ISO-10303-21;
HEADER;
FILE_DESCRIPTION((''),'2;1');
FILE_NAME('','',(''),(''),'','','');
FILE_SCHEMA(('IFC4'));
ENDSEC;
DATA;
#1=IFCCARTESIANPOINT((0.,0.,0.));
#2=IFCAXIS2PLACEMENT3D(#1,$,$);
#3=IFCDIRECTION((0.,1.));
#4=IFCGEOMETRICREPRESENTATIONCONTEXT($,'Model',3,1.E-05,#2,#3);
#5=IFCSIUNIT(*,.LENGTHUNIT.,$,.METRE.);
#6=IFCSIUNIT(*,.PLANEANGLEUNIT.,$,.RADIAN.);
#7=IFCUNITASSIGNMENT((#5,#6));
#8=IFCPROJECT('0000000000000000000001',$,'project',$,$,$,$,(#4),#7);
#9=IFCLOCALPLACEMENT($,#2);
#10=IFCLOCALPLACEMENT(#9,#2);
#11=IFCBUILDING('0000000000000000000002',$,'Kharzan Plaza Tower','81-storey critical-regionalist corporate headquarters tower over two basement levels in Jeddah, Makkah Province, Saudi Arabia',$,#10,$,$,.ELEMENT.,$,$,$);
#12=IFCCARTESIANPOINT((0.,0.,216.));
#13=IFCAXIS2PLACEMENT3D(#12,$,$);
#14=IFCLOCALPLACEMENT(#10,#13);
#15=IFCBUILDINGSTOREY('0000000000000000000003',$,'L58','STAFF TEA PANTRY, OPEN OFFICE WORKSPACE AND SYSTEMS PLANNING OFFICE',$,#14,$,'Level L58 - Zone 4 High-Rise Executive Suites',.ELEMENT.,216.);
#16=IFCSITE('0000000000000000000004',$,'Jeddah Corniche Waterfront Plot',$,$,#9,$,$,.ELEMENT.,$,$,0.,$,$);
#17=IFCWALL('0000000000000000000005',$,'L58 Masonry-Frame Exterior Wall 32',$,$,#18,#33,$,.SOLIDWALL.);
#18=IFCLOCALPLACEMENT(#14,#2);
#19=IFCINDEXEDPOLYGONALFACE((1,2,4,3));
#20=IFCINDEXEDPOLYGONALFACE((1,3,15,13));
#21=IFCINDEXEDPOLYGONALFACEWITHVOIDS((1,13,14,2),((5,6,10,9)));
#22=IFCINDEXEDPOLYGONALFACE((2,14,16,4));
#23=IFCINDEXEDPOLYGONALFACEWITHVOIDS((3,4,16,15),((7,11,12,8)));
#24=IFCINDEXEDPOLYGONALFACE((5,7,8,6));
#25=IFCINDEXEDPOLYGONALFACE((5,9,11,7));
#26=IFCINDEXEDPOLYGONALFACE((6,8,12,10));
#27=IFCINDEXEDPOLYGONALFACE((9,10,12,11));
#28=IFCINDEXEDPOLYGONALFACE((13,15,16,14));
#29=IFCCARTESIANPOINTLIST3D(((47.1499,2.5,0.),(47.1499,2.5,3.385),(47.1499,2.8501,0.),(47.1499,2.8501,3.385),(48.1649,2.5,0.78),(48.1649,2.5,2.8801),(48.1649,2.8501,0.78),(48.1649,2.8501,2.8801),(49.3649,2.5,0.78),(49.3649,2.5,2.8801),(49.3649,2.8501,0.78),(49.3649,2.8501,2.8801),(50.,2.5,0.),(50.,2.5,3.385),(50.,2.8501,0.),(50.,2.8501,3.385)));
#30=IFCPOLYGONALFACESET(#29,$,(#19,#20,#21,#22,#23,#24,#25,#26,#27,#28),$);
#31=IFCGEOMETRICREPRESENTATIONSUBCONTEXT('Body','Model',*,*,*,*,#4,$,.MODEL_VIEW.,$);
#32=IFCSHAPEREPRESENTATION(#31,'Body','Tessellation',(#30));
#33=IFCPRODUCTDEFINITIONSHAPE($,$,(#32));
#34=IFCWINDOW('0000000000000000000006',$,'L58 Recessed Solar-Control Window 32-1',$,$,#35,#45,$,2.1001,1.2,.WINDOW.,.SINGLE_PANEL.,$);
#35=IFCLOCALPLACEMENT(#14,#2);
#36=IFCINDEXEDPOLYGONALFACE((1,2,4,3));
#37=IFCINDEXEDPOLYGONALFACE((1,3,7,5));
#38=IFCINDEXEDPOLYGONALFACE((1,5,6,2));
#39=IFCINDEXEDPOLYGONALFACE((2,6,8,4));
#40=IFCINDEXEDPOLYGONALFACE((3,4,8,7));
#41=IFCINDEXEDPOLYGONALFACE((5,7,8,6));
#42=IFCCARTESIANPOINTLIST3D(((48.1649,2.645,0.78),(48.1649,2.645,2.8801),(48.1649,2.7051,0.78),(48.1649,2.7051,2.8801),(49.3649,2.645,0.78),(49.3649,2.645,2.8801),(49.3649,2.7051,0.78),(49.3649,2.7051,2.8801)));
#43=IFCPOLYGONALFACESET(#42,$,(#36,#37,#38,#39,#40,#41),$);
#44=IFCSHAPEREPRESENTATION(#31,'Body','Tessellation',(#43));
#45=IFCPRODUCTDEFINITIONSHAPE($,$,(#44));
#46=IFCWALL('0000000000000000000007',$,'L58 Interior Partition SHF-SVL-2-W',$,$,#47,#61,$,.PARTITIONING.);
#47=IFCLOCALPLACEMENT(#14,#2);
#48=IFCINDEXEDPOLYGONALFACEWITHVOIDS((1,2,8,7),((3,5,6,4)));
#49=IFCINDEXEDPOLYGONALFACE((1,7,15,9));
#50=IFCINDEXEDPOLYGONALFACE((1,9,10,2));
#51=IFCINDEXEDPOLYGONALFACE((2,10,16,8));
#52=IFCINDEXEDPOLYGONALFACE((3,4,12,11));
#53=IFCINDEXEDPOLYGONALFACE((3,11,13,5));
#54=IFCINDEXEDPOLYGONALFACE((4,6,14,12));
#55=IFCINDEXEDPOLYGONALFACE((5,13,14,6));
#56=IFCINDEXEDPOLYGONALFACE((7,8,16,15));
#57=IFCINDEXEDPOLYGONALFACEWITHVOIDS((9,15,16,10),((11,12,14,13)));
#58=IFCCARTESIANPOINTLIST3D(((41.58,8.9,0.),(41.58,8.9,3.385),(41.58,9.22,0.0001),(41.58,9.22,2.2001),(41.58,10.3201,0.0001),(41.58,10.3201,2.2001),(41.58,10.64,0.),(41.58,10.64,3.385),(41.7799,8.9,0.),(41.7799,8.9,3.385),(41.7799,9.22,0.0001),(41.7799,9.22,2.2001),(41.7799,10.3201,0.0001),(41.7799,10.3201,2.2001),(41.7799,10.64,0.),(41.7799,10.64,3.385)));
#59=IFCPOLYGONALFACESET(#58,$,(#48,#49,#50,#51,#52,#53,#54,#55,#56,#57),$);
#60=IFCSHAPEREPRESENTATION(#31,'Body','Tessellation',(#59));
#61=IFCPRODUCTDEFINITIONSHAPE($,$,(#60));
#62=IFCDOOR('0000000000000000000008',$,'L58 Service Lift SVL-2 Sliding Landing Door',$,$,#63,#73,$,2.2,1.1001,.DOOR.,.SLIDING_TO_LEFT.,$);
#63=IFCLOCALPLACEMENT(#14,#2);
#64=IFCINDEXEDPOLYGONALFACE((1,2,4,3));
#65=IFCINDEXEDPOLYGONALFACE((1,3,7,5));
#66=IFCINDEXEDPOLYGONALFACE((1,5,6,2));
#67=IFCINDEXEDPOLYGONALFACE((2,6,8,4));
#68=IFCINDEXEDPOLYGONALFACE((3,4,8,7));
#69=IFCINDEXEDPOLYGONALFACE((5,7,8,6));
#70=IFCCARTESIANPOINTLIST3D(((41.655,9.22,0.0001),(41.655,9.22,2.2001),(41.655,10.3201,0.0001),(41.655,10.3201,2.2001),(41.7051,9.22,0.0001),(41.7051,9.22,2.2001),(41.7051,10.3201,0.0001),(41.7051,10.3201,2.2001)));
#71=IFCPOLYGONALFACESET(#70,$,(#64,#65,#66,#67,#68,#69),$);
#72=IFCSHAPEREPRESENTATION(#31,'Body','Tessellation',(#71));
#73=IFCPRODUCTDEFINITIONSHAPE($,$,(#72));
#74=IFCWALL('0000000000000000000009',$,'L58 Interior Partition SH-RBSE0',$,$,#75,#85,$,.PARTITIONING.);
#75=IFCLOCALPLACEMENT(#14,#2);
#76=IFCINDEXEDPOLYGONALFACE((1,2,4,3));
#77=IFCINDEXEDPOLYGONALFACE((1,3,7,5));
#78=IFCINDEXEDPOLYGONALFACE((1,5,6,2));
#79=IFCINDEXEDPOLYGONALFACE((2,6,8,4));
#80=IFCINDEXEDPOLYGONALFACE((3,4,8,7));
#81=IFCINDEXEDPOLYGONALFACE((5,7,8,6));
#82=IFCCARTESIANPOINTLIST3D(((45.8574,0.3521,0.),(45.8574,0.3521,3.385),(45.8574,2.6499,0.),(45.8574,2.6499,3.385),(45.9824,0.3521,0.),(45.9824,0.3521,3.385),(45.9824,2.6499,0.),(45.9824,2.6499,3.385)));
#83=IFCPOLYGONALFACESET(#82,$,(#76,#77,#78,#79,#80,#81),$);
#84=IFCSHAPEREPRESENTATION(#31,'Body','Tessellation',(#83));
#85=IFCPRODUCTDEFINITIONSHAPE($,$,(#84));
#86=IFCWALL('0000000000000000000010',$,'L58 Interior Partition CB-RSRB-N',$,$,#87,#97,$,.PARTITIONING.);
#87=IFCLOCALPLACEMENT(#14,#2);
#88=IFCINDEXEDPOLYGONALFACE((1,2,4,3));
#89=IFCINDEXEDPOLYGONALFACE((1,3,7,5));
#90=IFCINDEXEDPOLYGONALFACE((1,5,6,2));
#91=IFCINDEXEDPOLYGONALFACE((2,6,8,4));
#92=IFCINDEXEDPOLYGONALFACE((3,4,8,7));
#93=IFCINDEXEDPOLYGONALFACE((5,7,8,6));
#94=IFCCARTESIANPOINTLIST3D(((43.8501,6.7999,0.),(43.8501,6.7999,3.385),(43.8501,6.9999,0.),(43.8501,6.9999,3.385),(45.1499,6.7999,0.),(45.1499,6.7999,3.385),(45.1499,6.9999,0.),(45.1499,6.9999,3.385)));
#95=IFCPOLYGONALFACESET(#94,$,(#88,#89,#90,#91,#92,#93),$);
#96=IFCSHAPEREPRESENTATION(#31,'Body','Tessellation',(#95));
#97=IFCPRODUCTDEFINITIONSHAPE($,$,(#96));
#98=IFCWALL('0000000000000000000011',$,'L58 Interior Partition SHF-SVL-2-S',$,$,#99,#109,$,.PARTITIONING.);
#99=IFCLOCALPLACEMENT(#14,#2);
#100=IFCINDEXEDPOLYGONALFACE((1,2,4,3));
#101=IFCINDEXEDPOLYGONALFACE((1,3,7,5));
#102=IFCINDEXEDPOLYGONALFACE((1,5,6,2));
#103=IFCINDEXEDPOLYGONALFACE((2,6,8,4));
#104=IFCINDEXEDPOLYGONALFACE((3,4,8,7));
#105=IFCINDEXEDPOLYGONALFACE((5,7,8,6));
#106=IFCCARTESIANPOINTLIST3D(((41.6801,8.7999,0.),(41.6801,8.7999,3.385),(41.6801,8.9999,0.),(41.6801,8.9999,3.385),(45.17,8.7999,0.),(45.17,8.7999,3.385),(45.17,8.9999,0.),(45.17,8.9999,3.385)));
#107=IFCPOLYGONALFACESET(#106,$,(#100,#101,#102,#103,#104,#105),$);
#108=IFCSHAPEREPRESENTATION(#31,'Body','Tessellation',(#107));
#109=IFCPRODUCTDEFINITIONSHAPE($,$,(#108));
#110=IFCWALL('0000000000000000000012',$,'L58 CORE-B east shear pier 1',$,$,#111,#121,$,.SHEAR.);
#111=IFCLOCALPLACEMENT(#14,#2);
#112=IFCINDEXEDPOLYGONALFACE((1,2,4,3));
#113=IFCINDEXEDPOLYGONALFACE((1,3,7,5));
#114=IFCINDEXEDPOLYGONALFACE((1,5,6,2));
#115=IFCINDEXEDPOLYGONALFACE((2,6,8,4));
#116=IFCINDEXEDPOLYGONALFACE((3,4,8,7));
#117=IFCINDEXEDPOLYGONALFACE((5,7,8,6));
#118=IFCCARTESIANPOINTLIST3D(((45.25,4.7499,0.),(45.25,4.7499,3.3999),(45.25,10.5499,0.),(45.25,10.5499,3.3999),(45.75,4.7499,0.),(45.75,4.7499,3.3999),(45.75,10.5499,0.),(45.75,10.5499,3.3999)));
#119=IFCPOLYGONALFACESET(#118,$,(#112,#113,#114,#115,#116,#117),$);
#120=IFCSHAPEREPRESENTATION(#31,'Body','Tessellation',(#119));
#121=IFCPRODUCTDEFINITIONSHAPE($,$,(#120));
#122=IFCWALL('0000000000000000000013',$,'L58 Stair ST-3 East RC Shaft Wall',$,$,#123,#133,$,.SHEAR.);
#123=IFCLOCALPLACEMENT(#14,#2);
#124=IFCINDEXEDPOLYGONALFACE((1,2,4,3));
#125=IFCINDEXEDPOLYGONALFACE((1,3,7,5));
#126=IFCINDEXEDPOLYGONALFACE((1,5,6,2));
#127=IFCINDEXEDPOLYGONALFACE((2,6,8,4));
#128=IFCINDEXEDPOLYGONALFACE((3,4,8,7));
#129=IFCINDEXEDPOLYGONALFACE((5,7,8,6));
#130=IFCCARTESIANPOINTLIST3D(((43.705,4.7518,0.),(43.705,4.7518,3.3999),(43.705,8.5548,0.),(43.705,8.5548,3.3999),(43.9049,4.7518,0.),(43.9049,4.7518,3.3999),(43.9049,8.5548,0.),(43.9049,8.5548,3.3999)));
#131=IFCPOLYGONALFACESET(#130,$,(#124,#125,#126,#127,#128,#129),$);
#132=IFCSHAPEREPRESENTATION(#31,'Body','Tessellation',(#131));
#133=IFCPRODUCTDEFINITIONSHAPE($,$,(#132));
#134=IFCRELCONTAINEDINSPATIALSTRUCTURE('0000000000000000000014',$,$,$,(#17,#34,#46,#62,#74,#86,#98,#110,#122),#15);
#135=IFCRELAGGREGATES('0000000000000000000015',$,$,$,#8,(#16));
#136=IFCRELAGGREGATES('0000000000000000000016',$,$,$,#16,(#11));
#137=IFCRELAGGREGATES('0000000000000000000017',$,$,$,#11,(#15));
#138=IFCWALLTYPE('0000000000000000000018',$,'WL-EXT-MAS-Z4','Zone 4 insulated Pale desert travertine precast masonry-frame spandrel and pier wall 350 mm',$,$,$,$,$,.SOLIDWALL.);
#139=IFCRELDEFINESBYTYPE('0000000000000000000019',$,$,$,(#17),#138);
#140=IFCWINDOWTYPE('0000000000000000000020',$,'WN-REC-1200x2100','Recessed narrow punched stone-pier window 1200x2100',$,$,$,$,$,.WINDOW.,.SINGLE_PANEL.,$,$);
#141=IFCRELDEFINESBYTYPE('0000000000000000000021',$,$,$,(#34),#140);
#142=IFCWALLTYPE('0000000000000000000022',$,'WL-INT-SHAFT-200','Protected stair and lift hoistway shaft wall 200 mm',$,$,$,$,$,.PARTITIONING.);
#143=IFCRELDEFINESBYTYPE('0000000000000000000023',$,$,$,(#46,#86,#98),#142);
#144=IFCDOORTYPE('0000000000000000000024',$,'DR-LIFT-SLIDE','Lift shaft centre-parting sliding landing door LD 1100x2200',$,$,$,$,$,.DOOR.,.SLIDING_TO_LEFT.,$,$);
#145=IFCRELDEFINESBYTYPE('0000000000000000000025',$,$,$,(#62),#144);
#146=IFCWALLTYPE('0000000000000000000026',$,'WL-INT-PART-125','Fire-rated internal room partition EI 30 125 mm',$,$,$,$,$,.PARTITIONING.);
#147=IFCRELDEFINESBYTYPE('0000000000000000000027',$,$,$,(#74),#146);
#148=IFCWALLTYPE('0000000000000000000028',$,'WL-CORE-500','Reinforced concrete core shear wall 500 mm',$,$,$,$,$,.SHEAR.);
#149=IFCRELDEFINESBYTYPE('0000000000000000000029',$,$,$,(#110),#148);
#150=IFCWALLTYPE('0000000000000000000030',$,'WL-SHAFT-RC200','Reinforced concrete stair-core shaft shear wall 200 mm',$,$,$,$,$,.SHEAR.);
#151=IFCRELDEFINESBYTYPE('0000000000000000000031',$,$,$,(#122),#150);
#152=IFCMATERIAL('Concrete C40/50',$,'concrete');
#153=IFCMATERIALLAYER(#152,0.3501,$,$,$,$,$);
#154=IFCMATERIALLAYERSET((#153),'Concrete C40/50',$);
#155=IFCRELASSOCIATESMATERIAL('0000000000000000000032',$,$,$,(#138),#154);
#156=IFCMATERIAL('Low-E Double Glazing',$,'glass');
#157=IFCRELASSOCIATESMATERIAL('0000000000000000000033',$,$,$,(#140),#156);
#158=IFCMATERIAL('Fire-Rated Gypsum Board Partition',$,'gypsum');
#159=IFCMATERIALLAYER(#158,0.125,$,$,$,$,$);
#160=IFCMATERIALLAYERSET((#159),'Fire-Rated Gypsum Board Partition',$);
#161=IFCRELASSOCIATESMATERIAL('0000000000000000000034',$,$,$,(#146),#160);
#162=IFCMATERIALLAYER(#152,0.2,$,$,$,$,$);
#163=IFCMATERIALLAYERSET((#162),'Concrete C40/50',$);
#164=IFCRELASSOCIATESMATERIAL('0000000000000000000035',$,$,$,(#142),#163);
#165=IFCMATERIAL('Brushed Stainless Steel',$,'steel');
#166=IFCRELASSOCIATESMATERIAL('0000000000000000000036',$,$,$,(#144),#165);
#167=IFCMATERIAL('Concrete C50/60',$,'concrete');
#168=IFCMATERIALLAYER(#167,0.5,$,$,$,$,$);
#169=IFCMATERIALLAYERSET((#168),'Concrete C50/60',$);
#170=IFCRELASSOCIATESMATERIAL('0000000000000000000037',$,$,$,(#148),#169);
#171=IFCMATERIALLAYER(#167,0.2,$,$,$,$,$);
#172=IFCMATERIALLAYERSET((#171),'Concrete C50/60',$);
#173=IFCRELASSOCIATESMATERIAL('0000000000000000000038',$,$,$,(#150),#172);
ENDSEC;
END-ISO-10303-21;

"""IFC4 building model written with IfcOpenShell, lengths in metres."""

from ifc_helpers import new_model, si_unit, direction, frame, frame_2d, origin, place, context, subcontext, project, spatial, rectangle, extrude, source, transform, mapped, material, layer, layer_set, type_object, element, fill, save


model = new_model("IFC4")

# Units and contexts
model_context = context("Model", 3, precision=1e-05, world=origin(), true_north=direction((0.0, 1.0)))
body_context = subcontext(model_context, "Body", "Model", "MODEL_VIEW")
ifc_project = project(units=[si_unit("LENGTHUNIT", "METRE"), si_unit("PLANEANGLEUNIT", "RADIAN")], contexts=[model_context])

# Site, building, storey
site_placement = place(None, origin())
site = spatial("IfcSite", under=ifc_project, at=site_placement, Name="Jeddah Corniche Waterfront Plot", CompositionType="ELEMENT", RefElevation=0.0)
building_placement = place(site_placement, origin())
building = spatial("IfcBuilding", under=site, at=building_placement, Name="Kharzan Plaza Tower", Description="81-storey critical-regionalist corporate headquarters tower over two basement levels in Jeddah, Makkah Province, Saudi Arabia", CompositionType="ELEMENT")
storey_placement = place(building_placement, frame((0.0, 0.0, 216.0)))
storey = spatial("IfcBuildingStorey", under=building, at=storey_placement, Name="L58", Description="STAFF TEA PANTRY, OPEN OFFICE WORKSPACE AND SYSTEMS PLANNING OFFICE", LongName="Level L58 - Zone 4 High-Rise Executive Suites", CompositionType="ELEMENT", Elevation=216.0)

# Shared definitions
ifc_material_1 = material(Name="Concrete C50/60", Category="concrete")

# Shared definitions
ifc_material_2 = material(Name="Concrete C40/50", Category="concrete")
ifc_layer_1 = layer(ifc_material_2, 0.3501)
ifc_layer_set_1 = layer_set([ifc_layer_1], Name="Concrete C40/50")
wall_type_1 = type_object("IfcWallType", Name="WL-EXT-MAS-Z4", Description="Zone 4 insulated Pale desert travertine precast masonry-frame spandrel and pier wall 350 mm", PredefinedType="SOLIDWALL", material=ifc_layer_set_1)
ifc_material_3 = material(Name="Low-E Double Glazing", Category="glass")

# Wall, opening, window
window_type_1 = type_object("IfcWindowType", Name="WN-REC-1200x2100", Description="Recessed narrow punched stone-pier window 1200x2100", PartitioningType="SINGLE_PANEL", PredefinedType="WINDOW", material=ifc_material_3)
shared_shape_1 = source(origin(), body_context, "Body", "SweptSolid", [
    extrude(rectangle(XDim=1.2, YDim=2.1001, at=frame_2d((0.6001, 1.05))), frame((0.0, 0.03, 0.0), z_axis=(0.0, -1.0, 0.0), x_axis=(1.0, 0.0, 0.0)), (0.0, 0.0, 1.0), 0.0601),
])
wall_1_placement = place(storey_placement, frame((47.1499, 2.675, 0.0), z_axis=(0.0, 0.0, 1.0), x_axis=(1.0, 0.0, 0.0)))
wall_1 = element("IfcWall", 1, at=wall_1_placement, inside=storey, type_object=wall_type_1, Name="L58 Masonry-Frame Exterior Wall 32", PredefinedType="SOLIDWALL", context=body_context, shape_type="SweptSolid", body=[
    extrude(rectangle(XDim=2.8501, YDim=0.3501, at=frame_2d((1.425, 0.0))), origin(), (0.0, 0.0, 1.0), 3.385),
])
opening_1_placement = place(wall_1_placement, frame((1.0149, 0.0, 0.78)))
opening_1 = element("IfcOpeningElement", 2, at=opening_1_placement, cuts=wall_1, PredefinedType="OPENING", context=body_context, shape_type="SweptSolid", body=[
    extrude(rectangle(XDim=1.2, YDim=2.1001, at=frame_2d((0.6001, 1.05))), frame((0.0, 0.1851, 0.0), z_axis=(0.0, -1.0, 0.0), x_axis=(1.0, 0.0, 0.0)), (0.0, 0.0, 1.0), 0.3701),
])
window_1_placement = place(opening_1_placement, origin())
window_1 = element("IfcWindow", 3, at=window_1_placement, inside=storey, type_object=window_type_1, Name="L58 Recessed Solar-Control Window 32-1", OverallHeight=2.1001, OverallWidth=1.2, PartitioningType="SINGLE_PANEL", PredefinedType="WINDOW", context=body_context, shape_type="MappedRepresentation", body=[
    mapped(shared_shape_1, transform((0.0, 0.0, 0.0), x_axis=(1.0, 0.0, 0.0), y_axis=(0.0, 1.0, 0.0), z_axis=(0.0, 0.0, 1.0))),
])
fill(opening_1, window_1)

# Wall, opening, door
ifc_material_4 = material(Name="Fire-Rated Gypsum Board Partition", Category="gypsum")
ifc_layer_2 = layer(ifc_material_4, 0.125)
ifc_layer_set_2 = layer_set([ifc_layer_2], Name="Fire-Rated Gypsum Board Partition")
wall_type_2 = type_object("IfcWallType", Name="WL-INT-PART-125", Description="Fire-rated internal room partition EI 30 125 mm", PredefinedType="PARTITIONING", material=ifc_layer_set_2)
ifc_layer_3 = layer(ifc_material_2, 0.2)
ifc_layer_set_3 = layer_set([ifc_layer_3], Name="Concrete C40/50")
wall_type_3 = type_object("IfcWallType", Name="WL-INT-SHAFT-200", Description="Protected stair and lift hoistway shaft wall 200 mm", PredefinedType="PARTITIONING", material=ifc_layer_set_3)
wall_2_placement = place(storey_placement, frame((41.6799, 8.8999, 0.0), z_axis=(0.0, 0.0, 1.0), x_axis=(0.0, 1.0, 0.0)))
wall_2 = element("IfcWall", 4, at=wall_2_placement, inside=storey, type_object=wall_type_3, Name="L58 Interior Partition SHF-SVL-2-W", PredefinedType="PARTITIONING", context=body_context, shape_type="SweptSolid", body=[
    extrude(rectangle(XDim=1.74, YDim=0.2, at=frame_2d((0.8701, 0.0))), origin(), (0.0, 0.0, 1.0), 3.385),
])
opening_2_placement = place(wall_2_placement, frame((0.3201, 0.0, 0.0)))
opening_2 = element("IfcOpeningElement", 5, at=opening_2_placement, cuts=wall_2, PredefinedType="OPENING", context=body_context, shape_type="SweptSolid", body=[
    extrude(rectangle(XDim=1.1001, YDim=2.2, at=frame_2d((0.55, 1.1001))), frame((0.0, 0.1099, 0.0), z_axis=(0.0, -1.0, 0.0), x_axis=(1.0, 0.0, 0.0)), (0.0, 0.0, 1.0), 0.22),
])
ifc_material_5 = material(Name="Brushed Stainless Steel", Category="steel")
door_type_1 = type_object("IfcDoorType", Name="DR-LIFT-SLIDE", Description="Lift shaft centre-parting sliding landing door LD 1100x2200", OperationType="SLIDING_TO_LEFT", PredefinedType="DOOR", material=ifc_material_5)
shared_shape_2 = source(origin(), body_context, "Body", "SweptSolid", [
    extrude(rectangle(XDim=1.1001, YDim=2.2, at=frame_2d((0.55, 1.1001))), frame((0.0, 0.0249, 0.0), z_axis=(0.0, -1.0, 0.0), x_axis=(1.0, 0.0, 0.0)), (0.0, 0.0, 1.0), 0.05),
])
door_1_placement = place(opening_2_placement, origin())
door_1 = element("IfcDoor", 6, at=door_1_placement, inside=storey, type_object=door_type_1, Name="L58 Service Lift SVL-2 Sliding Landing Door", OperationType="SLIDING_TO_LEFT", OverallHeight=2.2, OverallWidth=1.1001, PredefinedType="DOOR", context=body_context, shape_type="MappedRepresentation", body=[
    mapped(shared_shape_2, transform((0.0, 0.0, 0.0), x_axis=(1.0, 0.0, 0.0), y_axis=(0.0, 1.0, 0.0), z_axis=(0.0, 0.0, 1.0))),
])
fill(opening_2, door_1)

# Walls
shared_shape_3 = source(origin(), body_context, "Body", "SweptSolid", [
    extrude(rectangle(XDim=2.2979, YDim=0.125, at=frame_2d((1.1489, 0.0))), origin(), (0.0, 0.0, 1.0), 3.385),
])
wall_3_placement = place(storey_placement, frame((45.9199, 0.3521, 0.0), z_axis=(0.0, 0.0, 1.0), x_axis=(0.0, 1.0, 0.0)))
element("IfcWall", 7, at=wall_3_placement, inside=storey, type_object=wall_type_2, Name="L58 Interior Partition SH-RBSE0", PredefinedType="PARTITIONING", context=body_context, shape_type="MappedRepresentation", body=[
    mapped(shared_shape_3, transform((0.0, 0.0, 0.0), x_axis=(1.0, 0.0, 0.0), y_axis=(0.0, 1.0, 0.0), z_axis=(0.0, 0.0, 1.0))),
])
shared_shape_4 = source(origin(), body_context, "Body", "SweptSolid", [
    extrude(rectangle(XDim=1.2998, YDim=0.2, at=frame_2d((0.6499, 0.0))), origin(), (0.0, 0.0, 1.0), 3.385),
])
wall_4_placement = place(storey_placement, frame((43.8501, 6.8999, 0.0), z_axis=(0.0, 0.0, 1.0), x_axis=(1.0, 0.0, 0.0)))
element("IfcWall", 8, at=wall_4_placement, inside=storey, type_object=wall_type_3, Name="L58 Interior Partition CB-RSRB-N", PredefinedType="PARTITIONING", context=body_context, shape_type="MappedRepresentation", body=[
    mapped(shared_shape_4, transform((0.0, 0.0, 0.0), x_axis=(1.0, 0.0, 0.0), y_axis=(0.0, 1.0, 0.0), z_axis=(0.0, 0.0, 1.0))),
])
shared_shape_5 = source(origin(), body_context, "Body", "SweptSolid", [
    extrude(rectangle(XDim=3.49, YDim=0.2, at=frame_2d((1.7451, 0.0))), origin(), (0.0, 0.0, 1.0), 3.385),
])
wall_5_placement = place(storey_placement, frame((41.6799, 8.8999, 0.0), z_axis=(0.0, 0.0, 1.0), x_axis=(1.0, 0.0, 0.0)))
element("IfcWall", 9, at=wall_5_placement, inside=storey, type_object=wall_type_3, Name="L58 Interior Partition SHF-SVL-2-S", PredefinedType="PARTITIONING", context=body_context, shape_type="MappedRepresentation", body=[
    mapped(shared_shape_5, transform((0.0, 0.0, 0.0), x_axis=(1.0, 0.0, 0.0), y_axis=(0.0, 1.0, 0.0), z_axis=(0.0, 0.0, 1.0))),
])
ifc_layer_4 = layer(ifc_material_1, 0.5)
ifc_layer_set_4 = layer_set([ifc_layer_4], Name="Concrete C50/60")
wall_type_4 = type_object("IfcWallType", Name="WL-CORE-500", Description="Reinforced concrete core shear wall 500 mm", PredefinedType="SHEAR", material=ifc_layer_set_4)
shared_shape_6 = source(origin(), body_context, "Body", "SweptSolid", [
    extrude(rectangle(XDim=5.8, YDim=0.5, at=frame_2d((2.8999, 0.0))), origin(), (0.0, 0.0, 1.0), 3.3999),
])
wall_6_placement = place(storey_placement, frame((45.5, 4.75, 0.0), z_axis=(0.0, 0.0, 1.0), x_axis=(0.0, 1.0, 0.0)))
element("IfcWall", 10, at=wall_6_placement, inside=storey, type_object=wall_type_4, Name="L58 CORE-B east shear pier 1", PredefinedType="SHEAR", context=body_context, shape_type="MappedRepresentation", body=[
    mapped(shared_shape_6, transform((0.0, 0.0, 0.0), x_axis=(1.0, 0.0, 0.0), y_axis=(0.0, 1.0, 0.0), z_axis=(0.0, 0.0, 1.0))),
])
ifc_layer_5 = layer(ifc_material_1, 0.2)
ifc_layer_set_5 = layer_set([ifc_layer_5], Name="Concrete C50/60")
wall_type_5 = type_object("IfcWallType", Name="WL-SHAFT-RC200", Description="Reinforced concrete stair-core shaft shear wall 200 mm", PredefinedType="SHEAR", material=ifc_layer_set_5)
shared_shape_7 = source(origin(), body_context, "Body", "SweptSolid", [
    extrude(rectangle(XDim=3.803, YDim=0.2, at=frame_2d((1.9014, 0.0))), origin(), (0.0, 0.0, 1.0), 3.3999),
])
wall_7_placement = place(storey_placement, frame((43.8049, 4.752, 0.0), z_axis=(0.0, 0.0, 1.0), x_axis=(0.0, 1.0, 0.0)))
element("IfcWall", 11, at=wall_7_placement, inside=storey, type_object=wall_type_5, Name="L58 Stair ST-3 East RC Shaft Wall", PredefinedType="SHEAR", context=body_context, shape_type="MappedRepresentation", body=[
    mapped(shared_shape_7, transform((0.0, 0.0, 0.0), x_axis=(1.0, 0.0, 0.0), y_axis=(0.0, 1.0, 0.0), z_axis=(0.0, 0.0, 1.0))),
])

save(model, "model.ifc")
